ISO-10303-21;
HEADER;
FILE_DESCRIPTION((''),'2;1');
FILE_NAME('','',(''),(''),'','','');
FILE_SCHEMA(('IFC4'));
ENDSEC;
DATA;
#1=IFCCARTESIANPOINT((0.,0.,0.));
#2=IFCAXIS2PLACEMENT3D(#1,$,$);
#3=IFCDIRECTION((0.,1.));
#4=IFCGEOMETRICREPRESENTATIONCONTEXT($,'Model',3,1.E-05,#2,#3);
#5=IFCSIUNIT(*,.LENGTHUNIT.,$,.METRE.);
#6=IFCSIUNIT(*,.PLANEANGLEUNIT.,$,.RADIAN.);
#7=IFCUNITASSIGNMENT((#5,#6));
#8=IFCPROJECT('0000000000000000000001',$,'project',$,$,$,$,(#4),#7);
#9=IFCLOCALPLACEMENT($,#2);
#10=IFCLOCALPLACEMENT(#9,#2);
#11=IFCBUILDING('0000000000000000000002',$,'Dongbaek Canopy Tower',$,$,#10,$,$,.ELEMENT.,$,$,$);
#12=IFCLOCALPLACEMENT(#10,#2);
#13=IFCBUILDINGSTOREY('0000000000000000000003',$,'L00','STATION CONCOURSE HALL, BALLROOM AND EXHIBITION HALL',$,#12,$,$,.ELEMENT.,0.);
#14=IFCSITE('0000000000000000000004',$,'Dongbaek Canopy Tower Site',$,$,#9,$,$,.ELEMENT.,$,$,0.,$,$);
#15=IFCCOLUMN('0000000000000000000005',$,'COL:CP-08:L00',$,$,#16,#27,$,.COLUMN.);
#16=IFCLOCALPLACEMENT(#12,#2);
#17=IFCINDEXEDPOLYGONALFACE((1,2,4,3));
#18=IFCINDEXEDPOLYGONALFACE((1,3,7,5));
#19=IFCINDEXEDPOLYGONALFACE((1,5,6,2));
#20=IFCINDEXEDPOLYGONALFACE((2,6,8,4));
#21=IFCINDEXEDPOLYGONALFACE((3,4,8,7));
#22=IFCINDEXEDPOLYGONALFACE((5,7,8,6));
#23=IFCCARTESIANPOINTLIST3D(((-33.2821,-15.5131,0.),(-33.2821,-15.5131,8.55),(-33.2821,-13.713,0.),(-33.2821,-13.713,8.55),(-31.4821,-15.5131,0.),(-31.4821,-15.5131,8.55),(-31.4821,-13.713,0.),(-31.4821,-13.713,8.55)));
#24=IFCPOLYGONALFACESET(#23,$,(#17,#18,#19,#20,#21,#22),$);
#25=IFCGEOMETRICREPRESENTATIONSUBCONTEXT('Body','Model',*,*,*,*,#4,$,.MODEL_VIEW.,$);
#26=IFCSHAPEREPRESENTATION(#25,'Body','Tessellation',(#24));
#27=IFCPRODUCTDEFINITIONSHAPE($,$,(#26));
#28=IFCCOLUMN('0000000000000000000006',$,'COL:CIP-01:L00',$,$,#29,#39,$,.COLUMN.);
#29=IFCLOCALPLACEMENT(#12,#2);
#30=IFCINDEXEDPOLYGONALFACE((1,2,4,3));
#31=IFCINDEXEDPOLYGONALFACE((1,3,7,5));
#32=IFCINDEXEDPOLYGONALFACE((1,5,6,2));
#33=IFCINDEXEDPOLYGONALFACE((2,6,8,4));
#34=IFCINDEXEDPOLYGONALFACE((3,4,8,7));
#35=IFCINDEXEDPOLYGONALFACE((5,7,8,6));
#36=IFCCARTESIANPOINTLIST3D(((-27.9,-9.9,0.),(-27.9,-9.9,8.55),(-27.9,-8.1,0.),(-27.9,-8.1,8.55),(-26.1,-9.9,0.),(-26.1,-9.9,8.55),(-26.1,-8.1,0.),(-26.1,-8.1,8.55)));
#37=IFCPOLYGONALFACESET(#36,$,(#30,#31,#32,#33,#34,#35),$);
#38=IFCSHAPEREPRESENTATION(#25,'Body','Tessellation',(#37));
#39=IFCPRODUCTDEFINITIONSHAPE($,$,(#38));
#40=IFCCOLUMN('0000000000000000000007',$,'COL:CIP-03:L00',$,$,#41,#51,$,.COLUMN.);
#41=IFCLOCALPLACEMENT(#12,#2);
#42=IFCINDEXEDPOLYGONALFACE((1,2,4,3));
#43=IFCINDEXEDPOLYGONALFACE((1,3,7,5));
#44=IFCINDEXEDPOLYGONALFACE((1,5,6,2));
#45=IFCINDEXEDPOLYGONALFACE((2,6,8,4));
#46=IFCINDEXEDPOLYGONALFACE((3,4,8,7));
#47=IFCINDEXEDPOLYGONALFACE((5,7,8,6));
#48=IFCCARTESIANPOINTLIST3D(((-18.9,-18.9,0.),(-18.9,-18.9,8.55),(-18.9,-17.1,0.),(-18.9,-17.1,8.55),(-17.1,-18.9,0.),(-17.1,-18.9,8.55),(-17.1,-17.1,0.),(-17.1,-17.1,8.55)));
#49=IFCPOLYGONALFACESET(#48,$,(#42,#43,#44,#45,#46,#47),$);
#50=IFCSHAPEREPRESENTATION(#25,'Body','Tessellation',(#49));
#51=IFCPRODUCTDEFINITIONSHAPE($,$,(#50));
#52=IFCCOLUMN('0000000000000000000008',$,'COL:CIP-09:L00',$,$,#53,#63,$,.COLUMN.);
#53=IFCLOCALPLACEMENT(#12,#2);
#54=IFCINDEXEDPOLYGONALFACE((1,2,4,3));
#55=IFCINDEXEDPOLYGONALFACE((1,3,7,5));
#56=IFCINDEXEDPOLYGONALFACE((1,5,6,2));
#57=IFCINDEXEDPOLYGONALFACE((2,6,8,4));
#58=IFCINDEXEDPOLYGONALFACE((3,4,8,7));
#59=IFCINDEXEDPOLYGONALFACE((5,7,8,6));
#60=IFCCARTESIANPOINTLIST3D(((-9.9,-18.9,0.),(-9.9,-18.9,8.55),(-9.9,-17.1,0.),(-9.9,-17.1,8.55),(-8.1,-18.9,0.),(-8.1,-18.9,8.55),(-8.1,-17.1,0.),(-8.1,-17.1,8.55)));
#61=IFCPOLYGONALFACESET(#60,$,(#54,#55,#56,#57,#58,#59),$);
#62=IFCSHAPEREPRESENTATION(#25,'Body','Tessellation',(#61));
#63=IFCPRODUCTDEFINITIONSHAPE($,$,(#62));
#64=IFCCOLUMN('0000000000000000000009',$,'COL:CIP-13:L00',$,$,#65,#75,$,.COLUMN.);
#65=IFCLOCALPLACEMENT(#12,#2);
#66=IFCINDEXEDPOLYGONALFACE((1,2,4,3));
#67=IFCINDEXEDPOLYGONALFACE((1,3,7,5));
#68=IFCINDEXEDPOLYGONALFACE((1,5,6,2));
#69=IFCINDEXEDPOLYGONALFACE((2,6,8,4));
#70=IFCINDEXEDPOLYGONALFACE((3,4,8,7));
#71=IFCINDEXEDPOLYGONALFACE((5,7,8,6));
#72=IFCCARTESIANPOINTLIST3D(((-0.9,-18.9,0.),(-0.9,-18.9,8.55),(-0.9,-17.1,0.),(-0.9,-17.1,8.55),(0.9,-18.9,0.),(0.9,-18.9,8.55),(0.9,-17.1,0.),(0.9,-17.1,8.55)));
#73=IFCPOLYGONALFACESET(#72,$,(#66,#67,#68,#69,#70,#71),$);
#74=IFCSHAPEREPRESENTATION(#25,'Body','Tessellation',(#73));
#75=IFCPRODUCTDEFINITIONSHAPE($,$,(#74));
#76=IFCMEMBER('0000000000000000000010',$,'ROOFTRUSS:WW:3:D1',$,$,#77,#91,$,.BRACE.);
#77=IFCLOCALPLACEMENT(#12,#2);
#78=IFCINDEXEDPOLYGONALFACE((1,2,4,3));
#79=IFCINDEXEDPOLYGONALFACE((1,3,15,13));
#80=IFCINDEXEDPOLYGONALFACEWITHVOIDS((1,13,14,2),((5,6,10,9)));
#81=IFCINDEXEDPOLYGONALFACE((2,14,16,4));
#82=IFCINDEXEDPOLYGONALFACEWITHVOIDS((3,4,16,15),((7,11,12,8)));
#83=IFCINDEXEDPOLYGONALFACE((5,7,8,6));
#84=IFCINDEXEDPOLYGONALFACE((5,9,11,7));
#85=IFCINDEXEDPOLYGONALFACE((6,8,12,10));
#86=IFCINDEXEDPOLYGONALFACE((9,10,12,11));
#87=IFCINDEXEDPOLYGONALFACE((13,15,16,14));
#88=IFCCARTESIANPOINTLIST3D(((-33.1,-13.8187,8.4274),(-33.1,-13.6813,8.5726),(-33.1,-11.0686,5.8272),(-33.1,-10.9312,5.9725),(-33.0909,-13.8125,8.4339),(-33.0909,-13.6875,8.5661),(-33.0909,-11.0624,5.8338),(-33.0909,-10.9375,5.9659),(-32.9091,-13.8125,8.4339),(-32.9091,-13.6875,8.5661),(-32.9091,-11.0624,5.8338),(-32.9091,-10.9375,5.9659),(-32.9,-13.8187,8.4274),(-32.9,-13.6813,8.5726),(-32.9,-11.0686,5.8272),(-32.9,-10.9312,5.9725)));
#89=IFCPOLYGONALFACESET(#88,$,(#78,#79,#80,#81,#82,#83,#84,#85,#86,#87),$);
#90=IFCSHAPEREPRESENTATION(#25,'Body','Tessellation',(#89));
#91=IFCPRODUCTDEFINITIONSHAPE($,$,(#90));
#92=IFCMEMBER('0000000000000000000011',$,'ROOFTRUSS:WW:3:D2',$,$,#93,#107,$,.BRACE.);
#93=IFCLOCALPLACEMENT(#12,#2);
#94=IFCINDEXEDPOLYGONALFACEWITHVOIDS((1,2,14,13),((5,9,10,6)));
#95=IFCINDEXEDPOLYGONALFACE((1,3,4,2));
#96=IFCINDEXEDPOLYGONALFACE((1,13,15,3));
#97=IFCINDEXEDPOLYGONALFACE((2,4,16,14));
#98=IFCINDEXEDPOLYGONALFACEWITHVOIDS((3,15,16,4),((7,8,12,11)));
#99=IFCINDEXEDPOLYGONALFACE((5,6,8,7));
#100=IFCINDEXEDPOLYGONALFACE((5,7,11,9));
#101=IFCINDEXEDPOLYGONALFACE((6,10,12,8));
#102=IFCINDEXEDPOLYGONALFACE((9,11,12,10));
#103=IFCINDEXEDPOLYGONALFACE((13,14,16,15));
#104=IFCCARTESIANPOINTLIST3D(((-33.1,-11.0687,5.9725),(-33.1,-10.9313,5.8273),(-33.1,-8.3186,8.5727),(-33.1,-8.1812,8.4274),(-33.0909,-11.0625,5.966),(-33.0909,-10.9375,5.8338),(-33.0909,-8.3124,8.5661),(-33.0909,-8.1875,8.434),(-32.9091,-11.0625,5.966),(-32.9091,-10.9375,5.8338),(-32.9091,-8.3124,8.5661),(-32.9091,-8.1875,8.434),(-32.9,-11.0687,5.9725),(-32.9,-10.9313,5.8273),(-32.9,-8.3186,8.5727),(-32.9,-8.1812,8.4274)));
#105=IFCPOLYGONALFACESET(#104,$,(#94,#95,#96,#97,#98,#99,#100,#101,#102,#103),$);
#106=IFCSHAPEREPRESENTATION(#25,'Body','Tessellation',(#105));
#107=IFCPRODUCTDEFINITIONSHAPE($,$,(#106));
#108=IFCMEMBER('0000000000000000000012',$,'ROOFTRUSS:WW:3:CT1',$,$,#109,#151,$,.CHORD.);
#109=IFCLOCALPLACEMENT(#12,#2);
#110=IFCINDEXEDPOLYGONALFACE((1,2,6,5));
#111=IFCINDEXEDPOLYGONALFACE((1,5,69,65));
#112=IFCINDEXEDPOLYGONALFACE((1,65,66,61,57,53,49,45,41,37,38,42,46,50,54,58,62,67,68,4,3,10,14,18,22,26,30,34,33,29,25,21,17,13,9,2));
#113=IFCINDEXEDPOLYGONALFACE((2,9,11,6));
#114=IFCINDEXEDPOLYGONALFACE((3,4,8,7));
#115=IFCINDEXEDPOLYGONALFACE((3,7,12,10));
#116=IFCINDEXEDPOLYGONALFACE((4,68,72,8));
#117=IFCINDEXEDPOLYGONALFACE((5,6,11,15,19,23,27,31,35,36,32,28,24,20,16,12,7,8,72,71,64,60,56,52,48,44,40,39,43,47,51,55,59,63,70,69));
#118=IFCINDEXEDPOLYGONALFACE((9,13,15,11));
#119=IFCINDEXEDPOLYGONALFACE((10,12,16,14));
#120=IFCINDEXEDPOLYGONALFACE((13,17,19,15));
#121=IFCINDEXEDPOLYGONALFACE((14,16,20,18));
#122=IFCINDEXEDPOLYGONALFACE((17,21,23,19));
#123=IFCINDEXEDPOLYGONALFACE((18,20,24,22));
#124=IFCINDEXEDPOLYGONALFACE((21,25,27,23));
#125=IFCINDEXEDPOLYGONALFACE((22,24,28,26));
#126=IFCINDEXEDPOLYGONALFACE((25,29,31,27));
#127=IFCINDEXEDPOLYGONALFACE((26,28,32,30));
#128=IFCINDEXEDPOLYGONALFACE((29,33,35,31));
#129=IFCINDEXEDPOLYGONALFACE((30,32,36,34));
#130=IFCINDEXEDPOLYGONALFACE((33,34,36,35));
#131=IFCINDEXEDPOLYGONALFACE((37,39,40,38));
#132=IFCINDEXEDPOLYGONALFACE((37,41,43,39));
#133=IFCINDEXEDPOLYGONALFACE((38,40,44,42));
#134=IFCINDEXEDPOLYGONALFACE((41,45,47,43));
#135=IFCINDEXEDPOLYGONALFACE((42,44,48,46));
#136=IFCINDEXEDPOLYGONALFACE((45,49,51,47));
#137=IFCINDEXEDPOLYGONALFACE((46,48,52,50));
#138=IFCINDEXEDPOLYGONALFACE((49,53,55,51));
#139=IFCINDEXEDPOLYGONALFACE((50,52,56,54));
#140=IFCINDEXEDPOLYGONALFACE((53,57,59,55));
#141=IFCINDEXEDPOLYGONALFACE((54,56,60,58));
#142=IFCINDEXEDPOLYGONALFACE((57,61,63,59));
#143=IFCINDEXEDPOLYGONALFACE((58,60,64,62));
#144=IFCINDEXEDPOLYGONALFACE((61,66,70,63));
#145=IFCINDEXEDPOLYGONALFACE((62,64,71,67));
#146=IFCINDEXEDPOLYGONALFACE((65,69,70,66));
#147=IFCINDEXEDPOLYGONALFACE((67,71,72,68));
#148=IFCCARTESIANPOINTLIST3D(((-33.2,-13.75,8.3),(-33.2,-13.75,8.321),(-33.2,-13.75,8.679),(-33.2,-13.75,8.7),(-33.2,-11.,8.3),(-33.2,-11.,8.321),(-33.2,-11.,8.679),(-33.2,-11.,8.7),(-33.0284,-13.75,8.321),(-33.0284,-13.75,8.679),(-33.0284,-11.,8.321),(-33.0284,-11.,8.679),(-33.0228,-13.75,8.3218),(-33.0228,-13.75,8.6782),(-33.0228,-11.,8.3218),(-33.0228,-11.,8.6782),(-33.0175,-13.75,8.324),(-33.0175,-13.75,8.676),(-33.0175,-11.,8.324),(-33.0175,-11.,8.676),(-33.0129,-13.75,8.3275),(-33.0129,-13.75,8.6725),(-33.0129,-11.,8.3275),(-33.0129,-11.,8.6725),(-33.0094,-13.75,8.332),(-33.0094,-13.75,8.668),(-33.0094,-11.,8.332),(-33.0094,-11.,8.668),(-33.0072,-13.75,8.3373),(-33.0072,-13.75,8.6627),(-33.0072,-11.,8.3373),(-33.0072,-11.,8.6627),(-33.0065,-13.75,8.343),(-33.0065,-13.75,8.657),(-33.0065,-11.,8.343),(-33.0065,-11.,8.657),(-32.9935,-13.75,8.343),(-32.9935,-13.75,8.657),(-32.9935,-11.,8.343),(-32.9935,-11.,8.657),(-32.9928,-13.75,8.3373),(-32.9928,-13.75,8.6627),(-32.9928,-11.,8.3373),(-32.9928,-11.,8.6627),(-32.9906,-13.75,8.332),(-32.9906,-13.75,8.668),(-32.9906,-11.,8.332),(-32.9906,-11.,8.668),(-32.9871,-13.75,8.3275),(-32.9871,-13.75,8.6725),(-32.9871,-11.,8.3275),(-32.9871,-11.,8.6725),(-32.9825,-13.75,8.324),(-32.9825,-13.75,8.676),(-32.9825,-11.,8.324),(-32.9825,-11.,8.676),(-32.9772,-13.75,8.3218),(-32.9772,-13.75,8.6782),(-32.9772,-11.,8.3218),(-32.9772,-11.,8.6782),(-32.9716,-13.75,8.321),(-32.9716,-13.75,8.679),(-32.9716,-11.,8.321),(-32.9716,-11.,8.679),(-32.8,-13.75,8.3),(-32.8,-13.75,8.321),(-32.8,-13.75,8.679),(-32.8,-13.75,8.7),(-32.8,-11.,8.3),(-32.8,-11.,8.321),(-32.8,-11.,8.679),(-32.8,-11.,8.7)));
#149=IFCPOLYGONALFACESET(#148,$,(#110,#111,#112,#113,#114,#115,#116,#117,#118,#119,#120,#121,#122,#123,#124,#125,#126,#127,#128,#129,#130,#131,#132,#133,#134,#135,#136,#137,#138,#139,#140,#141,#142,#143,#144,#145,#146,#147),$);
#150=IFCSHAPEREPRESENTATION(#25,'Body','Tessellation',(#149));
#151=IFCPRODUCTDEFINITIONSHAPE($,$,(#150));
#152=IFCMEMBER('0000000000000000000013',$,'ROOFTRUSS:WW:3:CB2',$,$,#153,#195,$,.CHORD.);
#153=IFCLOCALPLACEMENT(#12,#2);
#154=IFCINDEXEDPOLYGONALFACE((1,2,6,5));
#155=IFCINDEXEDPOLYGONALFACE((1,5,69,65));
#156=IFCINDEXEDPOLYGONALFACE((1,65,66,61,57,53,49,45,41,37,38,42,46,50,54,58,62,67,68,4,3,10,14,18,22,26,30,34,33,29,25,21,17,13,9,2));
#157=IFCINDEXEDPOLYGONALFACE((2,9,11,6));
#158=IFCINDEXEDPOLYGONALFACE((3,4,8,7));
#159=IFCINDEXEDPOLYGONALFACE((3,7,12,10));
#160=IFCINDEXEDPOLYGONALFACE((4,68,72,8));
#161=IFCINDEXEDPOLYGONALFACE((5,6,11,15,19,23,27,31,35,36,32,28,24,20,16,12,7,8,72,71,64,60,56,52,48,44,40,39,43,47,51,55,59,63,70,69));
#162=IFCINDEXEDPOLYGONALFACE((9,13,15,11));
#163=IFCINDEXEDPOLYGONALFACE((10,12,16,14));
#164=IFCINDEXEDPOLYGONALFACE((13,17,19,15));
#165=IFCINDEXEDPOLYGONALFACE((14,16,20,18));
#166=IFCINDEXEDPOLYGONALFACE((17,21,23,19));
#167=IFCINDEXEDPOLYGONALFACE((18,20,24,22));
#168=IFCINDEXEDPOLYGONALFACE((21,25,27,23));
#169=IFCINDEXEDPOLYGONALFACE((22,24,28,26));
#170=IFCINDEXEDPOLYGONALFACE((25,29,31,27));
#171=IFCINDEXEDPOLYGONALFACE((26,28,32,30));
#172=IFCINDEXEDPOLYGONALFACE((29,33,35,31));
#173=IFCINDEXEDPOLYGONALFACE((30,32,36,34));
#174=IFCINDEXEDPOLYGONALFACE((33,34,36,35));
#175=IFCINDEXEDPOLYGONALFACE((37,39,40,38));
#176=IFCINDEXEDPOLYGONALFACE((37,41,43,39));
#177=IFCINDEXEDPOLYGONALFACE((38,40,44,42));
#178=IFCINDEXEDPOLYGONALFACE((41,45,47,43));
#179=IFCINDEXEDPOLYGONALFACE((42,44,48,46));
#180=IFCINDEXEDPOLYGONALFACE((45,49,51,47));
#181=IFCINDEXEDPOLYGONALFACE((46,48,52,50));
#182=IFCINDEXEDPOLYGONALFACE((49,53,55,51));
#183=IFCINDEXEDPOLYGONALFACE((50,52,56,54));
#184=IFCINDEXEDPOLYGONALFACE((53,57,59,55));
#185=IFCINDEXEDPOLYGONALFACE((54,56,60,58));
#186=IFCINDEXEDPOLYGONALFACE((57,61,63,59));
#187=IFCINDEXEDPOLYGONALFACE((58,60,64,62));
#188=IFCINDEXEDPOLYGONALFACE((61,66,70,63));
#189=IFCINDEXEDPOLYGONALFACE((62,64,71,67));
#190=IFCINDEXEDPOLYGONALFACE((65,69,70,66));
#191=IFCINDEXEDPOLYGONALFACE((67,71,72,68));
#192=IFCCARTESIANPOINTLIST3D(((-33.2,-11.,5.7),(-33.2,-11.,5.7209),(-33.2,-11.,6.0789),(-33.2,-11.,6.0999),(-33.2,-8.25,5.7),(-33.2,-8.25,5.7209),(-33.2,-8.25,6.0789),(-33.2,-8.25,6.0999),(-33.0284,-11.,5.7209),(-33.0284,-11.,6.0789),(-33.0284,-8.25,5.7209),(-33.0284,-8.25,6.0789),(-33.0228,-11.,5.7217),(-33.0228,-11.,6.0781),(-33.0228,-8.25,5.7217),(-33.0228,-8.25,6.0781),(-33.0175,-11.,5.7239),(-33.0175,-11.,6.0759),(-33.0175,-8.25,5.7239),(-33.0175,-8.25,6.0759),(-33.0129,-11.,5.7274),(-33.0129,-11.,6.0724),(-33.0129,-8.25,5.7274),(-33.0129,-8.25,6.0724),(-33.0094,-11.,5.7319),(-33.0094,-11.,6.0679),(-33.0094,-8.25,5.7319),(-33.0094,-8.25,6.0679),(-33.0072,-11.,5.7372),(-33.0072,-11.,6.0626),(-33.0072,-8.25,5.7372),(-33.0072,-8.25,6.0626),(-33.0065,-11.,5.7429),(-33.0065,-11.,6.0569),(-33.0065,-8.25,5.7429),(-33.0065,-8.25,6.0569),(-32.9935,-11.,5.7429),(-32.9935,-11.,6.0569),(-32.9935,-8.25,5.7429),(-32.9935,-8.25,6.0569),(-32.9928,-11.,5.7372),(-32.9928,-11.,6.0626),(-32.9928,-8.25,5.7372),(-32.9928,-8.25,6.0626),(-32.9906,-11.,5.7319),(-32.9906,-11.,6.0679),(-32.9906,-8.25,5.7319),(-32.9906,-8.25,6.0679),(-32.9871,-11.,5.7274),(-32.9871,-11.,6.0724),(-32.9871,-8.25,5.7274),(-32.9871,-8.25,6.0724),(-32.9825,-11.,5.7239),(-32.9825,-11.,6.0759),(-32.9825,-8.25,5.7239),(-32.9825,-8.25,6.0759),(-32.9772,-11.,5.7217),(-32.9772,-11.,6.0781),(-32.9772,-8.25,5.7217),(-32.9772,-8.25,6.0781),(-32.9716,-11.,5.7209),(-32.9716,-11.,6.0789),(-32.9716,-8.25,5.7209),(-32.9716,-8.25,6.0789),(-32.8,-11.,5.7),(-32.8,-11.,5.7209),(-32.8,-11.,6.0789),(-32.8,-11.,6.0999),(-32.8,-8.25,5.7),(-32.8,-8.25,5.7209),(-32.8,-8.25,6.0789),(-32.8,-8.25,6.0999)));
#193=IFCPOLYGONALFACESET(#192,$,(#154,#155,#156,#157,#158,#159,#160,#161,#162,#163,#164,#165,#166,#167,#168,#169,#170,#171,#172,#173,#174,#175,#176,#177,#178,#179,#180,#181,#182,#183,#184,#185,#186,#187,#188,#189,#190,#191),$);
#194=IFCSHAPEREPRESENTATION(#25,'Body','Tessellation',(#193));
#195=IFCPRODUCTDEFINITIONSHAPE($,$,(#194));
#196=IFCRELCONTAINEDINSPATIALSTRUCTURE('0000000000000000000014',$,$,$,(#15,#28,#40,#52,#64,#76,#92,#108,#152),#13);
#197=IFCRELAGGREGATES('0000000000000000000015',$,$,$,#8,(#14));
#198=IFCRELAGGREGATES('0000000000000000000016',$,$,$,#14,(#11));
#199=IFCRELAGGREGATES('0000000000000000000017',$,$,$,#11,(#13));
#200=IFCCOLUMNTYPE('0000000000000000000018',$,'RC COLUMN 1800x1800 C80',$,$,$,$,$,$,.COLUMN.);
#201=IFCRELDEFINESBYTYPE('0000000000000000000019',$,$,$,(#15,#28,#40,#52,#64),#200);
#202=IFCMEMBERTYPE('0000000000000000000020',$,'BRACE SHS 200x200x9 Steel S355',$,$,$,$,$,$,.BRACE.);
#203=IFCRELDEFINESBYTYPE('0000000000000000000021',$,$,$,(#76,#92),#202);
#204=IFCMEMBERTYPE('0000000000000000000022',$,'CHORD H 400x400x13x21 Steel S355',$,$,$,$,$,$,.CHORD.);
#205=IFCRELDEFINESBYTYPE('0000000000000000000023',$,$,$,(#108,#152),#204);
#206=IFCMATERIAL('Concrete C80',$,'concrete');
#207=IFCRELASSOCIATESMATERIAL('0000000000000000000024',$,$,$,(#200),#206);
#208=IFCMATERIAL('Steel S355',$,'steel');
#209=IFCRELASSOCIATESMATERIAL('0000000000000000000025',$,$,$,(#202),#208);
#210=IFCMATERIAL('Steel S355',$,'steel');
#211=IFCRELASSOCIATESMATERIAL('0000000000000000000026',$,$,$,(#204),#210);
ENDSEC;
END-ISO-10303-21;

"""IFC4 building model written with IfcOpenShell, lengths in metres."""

from ifc_helpers import new_model, si_unit, direction, frame, origin, origin_2d, place, context, subcontext, project, spatial, rectangle, hollow_rectangle, i_section, extrude, material, material_profile, profile_set, type_object, element, save


model = new_model("IFC4")

# Units and contexts
model_context = context("Model", 3, precision=1e-05, world=origin(), true_north=direction((0.0, 1.0)))
body_context = subcontext(model_context, "Body", "Model", "MODEL_VIEW")
ifc_project = project(units=[si_unit("LENGTHUNIT", "METRE"), si_unit("PLANEANGLEUNIT", "RADIAN")], contexts=[model_context])

# Site, building, storey
site_placement = place(None, origin())
site = spatial("IfcSite", under=ifc_project, at=site_placement, Name="Dongbaek Canopy Tower Site", CompositionType="ELEMENT", RefElevation=0.0)
building_placement = place(site_placement, origin())
building = spatial("IfcBuilding", under=site, at=building_placement, Name="Dongbaek Canopy Tower", CompositionType="ELEMENT")
storey_placement = place(building_placement, origin())
storey = spatial("IfcBuildingStorey", under=building, at=storey_placement, Name="L00", Description="STATION CONCOURSE HALL, BALLROOM AND EXHIBITION HALL", CompositionType="ELEMENT", Elevation=0.0)

# Columns
ifc_material_1 = material(Name="Concrete C80", Category="concrete")
ifc_material_profile_1 = material_profile(ifc_material_1, rectangle(XDim=1.8, YDim=1.8, at=origin_2d()), Name="RC COLUMN 1800x1800 C80")
ifc_profile_set_1 = profile_set([ifc_material_profile_1], Name="Concrete C80")
column_type = type_object("IfcColumnType", Name="RC COLUMN 1800x1800 C80", PredefinedType="COLUMN", material=ifc_profile_set_1)
for number, where, z_axis, x_axis, name in (
    (1, (-32.3821, -14.613, 0.0), (0.0, 0.0, 1.0), (1.0, 0.0, 0.0), "COL:CP-08:L00"),
    (2, (-27.0, -9.0, 0.0), (0.0, 0.0, 1.0), (1.0, 0.0, 0.0), "COL:CIP-01:L00"),
    (3, (-18.0, -18.0, 0.0), (0.0, 0.0, 1.0), (1.0, 0.0, 0.0), "COL:CIP-03:L00"),
    (4, (-9.0, -18.0, 0.0), (0.0, 0.0, 1.0), (1.0, 0.0, 0.0), "COL:CIP-09:L00"),
    (5, (0.0, -18.0, 0.0), (0.0, 0.0, 1.0), (1.0, 0.0, 0.0), "COL:CIP-13:L00"),
):
    element("IfcColumn", number, at=place(storey_placement, frame(where, z_axis=z_axis, x_axis=x_axis)), inside=storey, type_object=column_type, Name=name, PredefinedType="COLUMN", context=body_context, shape_type="SweptSolid", body=[
        extrude(rectangle(XDim=1.8, YDim=1.8, at=origin_2d()), origin(), (0.0, 0.0, 1.0), 8.55),
    ])

# Members
ifc_material_2 = material(Name="Steel S355", Category="steel")
ifc_material_profile_2 = material_profile(ifc_material_2, hollow_rectangle(XDim=0.2, YDim=0.2, WallThickness=0.009, at=origin_2d()), Name="BRACE SHS 200x200x9 Steel S355")
ifc_profile_set_2 = profile_set([ifc_material_profile_2], Name="Steel S355")
member_type_1 = type_object("IfcMemberType", Name="BRACE SHS 200x200x9 Steel S355", PredefinedType="BRACE", material=ifc_profile_set_2)
for number, where, z_axis, x_axis, name in (
    (6, (-33.0, -13.75, 8.5), (0.0, 0.726634, -0.687025), (-1.0, 0.0, 0.0), "ROOFTRUSS:WW:3:D1"),
    (7, (-33.0, -11.0, 5.8999), (0.0, 0.726634, 0.687025), (-1.0, 0.0, 0.0), "ROOFTRUSS:WW:3:D2"),
):
    element("IfcMember", number, at=place(storey_placement, frame(where, z_axis=z_axis, x_axis=x_axis)), inside=storey, type_object=member_type_1, Name=name, PredefinedType="BRACE", context=body_context, shape_type="SweptSolid", body=[
        extrude(hollow_rectangle(XDim=0.2, YDim=0.2, WallThickness=0.009, at=origin_2d()), origin(), (0.0, 0.0, 1.0), 3.7847),
    ])
ifc_material_3 = material(Name="Steel S355", Category="steel")
ifc_material_profile_3 = material_profile(ifc_material_3, i_section(OverallWidth=0.3999, OverallDepth=0.3999, WebThickness=0.0129, FlangeThickness=0.021, FilletRadius=0.022, at=origin_2d()), Name="CHORD H 400x400x13x21 Steel S355")
ifc_profile_set_3 = profile_set([ifc_material_profile_3], Name="Steel S355")
member_type_2 = type_object("IfcMemberType", Name="CHORD H 400x400x13x21 Steel S355", PredefinedType="CHORD", material=ifc_profile_set_3)
for number, where, z_axis, x_axis, name in (
    (8, (-33.0, -13.75, 8.5), (0.0, 1.0, 0.0), (-1.0, 0.0, 0.0), "ROOFTRUSS:WW:3:CT1"),
    (9, (-33.0, -11.0, 5.8999), (0.0, 1.0, 0.0), (-1.0, 0.0, 0.0), "ROOFTRUSS:WW:3:CB2"),
):
    element("IfcMember", number, at=place(storey_placement, frame(where, z_axis=z_axis, x_axis=x_axis)), inside=storey, type_object=member_type_2, Name=name, PredefinedType="CHORD", context=body_context, shape_type="SweptSolid", body=[
        extrude(i_section(OverallWidth=0.3999, OverallDepth=0.3999, WebThickness=0.0129, FlangeThickness=0.021, FilletRadius=0.022, at=origin_2d()), origin(), (0.0, 0.0, 1.0), 2.75),
    ])

save(model, "model.ifc")
